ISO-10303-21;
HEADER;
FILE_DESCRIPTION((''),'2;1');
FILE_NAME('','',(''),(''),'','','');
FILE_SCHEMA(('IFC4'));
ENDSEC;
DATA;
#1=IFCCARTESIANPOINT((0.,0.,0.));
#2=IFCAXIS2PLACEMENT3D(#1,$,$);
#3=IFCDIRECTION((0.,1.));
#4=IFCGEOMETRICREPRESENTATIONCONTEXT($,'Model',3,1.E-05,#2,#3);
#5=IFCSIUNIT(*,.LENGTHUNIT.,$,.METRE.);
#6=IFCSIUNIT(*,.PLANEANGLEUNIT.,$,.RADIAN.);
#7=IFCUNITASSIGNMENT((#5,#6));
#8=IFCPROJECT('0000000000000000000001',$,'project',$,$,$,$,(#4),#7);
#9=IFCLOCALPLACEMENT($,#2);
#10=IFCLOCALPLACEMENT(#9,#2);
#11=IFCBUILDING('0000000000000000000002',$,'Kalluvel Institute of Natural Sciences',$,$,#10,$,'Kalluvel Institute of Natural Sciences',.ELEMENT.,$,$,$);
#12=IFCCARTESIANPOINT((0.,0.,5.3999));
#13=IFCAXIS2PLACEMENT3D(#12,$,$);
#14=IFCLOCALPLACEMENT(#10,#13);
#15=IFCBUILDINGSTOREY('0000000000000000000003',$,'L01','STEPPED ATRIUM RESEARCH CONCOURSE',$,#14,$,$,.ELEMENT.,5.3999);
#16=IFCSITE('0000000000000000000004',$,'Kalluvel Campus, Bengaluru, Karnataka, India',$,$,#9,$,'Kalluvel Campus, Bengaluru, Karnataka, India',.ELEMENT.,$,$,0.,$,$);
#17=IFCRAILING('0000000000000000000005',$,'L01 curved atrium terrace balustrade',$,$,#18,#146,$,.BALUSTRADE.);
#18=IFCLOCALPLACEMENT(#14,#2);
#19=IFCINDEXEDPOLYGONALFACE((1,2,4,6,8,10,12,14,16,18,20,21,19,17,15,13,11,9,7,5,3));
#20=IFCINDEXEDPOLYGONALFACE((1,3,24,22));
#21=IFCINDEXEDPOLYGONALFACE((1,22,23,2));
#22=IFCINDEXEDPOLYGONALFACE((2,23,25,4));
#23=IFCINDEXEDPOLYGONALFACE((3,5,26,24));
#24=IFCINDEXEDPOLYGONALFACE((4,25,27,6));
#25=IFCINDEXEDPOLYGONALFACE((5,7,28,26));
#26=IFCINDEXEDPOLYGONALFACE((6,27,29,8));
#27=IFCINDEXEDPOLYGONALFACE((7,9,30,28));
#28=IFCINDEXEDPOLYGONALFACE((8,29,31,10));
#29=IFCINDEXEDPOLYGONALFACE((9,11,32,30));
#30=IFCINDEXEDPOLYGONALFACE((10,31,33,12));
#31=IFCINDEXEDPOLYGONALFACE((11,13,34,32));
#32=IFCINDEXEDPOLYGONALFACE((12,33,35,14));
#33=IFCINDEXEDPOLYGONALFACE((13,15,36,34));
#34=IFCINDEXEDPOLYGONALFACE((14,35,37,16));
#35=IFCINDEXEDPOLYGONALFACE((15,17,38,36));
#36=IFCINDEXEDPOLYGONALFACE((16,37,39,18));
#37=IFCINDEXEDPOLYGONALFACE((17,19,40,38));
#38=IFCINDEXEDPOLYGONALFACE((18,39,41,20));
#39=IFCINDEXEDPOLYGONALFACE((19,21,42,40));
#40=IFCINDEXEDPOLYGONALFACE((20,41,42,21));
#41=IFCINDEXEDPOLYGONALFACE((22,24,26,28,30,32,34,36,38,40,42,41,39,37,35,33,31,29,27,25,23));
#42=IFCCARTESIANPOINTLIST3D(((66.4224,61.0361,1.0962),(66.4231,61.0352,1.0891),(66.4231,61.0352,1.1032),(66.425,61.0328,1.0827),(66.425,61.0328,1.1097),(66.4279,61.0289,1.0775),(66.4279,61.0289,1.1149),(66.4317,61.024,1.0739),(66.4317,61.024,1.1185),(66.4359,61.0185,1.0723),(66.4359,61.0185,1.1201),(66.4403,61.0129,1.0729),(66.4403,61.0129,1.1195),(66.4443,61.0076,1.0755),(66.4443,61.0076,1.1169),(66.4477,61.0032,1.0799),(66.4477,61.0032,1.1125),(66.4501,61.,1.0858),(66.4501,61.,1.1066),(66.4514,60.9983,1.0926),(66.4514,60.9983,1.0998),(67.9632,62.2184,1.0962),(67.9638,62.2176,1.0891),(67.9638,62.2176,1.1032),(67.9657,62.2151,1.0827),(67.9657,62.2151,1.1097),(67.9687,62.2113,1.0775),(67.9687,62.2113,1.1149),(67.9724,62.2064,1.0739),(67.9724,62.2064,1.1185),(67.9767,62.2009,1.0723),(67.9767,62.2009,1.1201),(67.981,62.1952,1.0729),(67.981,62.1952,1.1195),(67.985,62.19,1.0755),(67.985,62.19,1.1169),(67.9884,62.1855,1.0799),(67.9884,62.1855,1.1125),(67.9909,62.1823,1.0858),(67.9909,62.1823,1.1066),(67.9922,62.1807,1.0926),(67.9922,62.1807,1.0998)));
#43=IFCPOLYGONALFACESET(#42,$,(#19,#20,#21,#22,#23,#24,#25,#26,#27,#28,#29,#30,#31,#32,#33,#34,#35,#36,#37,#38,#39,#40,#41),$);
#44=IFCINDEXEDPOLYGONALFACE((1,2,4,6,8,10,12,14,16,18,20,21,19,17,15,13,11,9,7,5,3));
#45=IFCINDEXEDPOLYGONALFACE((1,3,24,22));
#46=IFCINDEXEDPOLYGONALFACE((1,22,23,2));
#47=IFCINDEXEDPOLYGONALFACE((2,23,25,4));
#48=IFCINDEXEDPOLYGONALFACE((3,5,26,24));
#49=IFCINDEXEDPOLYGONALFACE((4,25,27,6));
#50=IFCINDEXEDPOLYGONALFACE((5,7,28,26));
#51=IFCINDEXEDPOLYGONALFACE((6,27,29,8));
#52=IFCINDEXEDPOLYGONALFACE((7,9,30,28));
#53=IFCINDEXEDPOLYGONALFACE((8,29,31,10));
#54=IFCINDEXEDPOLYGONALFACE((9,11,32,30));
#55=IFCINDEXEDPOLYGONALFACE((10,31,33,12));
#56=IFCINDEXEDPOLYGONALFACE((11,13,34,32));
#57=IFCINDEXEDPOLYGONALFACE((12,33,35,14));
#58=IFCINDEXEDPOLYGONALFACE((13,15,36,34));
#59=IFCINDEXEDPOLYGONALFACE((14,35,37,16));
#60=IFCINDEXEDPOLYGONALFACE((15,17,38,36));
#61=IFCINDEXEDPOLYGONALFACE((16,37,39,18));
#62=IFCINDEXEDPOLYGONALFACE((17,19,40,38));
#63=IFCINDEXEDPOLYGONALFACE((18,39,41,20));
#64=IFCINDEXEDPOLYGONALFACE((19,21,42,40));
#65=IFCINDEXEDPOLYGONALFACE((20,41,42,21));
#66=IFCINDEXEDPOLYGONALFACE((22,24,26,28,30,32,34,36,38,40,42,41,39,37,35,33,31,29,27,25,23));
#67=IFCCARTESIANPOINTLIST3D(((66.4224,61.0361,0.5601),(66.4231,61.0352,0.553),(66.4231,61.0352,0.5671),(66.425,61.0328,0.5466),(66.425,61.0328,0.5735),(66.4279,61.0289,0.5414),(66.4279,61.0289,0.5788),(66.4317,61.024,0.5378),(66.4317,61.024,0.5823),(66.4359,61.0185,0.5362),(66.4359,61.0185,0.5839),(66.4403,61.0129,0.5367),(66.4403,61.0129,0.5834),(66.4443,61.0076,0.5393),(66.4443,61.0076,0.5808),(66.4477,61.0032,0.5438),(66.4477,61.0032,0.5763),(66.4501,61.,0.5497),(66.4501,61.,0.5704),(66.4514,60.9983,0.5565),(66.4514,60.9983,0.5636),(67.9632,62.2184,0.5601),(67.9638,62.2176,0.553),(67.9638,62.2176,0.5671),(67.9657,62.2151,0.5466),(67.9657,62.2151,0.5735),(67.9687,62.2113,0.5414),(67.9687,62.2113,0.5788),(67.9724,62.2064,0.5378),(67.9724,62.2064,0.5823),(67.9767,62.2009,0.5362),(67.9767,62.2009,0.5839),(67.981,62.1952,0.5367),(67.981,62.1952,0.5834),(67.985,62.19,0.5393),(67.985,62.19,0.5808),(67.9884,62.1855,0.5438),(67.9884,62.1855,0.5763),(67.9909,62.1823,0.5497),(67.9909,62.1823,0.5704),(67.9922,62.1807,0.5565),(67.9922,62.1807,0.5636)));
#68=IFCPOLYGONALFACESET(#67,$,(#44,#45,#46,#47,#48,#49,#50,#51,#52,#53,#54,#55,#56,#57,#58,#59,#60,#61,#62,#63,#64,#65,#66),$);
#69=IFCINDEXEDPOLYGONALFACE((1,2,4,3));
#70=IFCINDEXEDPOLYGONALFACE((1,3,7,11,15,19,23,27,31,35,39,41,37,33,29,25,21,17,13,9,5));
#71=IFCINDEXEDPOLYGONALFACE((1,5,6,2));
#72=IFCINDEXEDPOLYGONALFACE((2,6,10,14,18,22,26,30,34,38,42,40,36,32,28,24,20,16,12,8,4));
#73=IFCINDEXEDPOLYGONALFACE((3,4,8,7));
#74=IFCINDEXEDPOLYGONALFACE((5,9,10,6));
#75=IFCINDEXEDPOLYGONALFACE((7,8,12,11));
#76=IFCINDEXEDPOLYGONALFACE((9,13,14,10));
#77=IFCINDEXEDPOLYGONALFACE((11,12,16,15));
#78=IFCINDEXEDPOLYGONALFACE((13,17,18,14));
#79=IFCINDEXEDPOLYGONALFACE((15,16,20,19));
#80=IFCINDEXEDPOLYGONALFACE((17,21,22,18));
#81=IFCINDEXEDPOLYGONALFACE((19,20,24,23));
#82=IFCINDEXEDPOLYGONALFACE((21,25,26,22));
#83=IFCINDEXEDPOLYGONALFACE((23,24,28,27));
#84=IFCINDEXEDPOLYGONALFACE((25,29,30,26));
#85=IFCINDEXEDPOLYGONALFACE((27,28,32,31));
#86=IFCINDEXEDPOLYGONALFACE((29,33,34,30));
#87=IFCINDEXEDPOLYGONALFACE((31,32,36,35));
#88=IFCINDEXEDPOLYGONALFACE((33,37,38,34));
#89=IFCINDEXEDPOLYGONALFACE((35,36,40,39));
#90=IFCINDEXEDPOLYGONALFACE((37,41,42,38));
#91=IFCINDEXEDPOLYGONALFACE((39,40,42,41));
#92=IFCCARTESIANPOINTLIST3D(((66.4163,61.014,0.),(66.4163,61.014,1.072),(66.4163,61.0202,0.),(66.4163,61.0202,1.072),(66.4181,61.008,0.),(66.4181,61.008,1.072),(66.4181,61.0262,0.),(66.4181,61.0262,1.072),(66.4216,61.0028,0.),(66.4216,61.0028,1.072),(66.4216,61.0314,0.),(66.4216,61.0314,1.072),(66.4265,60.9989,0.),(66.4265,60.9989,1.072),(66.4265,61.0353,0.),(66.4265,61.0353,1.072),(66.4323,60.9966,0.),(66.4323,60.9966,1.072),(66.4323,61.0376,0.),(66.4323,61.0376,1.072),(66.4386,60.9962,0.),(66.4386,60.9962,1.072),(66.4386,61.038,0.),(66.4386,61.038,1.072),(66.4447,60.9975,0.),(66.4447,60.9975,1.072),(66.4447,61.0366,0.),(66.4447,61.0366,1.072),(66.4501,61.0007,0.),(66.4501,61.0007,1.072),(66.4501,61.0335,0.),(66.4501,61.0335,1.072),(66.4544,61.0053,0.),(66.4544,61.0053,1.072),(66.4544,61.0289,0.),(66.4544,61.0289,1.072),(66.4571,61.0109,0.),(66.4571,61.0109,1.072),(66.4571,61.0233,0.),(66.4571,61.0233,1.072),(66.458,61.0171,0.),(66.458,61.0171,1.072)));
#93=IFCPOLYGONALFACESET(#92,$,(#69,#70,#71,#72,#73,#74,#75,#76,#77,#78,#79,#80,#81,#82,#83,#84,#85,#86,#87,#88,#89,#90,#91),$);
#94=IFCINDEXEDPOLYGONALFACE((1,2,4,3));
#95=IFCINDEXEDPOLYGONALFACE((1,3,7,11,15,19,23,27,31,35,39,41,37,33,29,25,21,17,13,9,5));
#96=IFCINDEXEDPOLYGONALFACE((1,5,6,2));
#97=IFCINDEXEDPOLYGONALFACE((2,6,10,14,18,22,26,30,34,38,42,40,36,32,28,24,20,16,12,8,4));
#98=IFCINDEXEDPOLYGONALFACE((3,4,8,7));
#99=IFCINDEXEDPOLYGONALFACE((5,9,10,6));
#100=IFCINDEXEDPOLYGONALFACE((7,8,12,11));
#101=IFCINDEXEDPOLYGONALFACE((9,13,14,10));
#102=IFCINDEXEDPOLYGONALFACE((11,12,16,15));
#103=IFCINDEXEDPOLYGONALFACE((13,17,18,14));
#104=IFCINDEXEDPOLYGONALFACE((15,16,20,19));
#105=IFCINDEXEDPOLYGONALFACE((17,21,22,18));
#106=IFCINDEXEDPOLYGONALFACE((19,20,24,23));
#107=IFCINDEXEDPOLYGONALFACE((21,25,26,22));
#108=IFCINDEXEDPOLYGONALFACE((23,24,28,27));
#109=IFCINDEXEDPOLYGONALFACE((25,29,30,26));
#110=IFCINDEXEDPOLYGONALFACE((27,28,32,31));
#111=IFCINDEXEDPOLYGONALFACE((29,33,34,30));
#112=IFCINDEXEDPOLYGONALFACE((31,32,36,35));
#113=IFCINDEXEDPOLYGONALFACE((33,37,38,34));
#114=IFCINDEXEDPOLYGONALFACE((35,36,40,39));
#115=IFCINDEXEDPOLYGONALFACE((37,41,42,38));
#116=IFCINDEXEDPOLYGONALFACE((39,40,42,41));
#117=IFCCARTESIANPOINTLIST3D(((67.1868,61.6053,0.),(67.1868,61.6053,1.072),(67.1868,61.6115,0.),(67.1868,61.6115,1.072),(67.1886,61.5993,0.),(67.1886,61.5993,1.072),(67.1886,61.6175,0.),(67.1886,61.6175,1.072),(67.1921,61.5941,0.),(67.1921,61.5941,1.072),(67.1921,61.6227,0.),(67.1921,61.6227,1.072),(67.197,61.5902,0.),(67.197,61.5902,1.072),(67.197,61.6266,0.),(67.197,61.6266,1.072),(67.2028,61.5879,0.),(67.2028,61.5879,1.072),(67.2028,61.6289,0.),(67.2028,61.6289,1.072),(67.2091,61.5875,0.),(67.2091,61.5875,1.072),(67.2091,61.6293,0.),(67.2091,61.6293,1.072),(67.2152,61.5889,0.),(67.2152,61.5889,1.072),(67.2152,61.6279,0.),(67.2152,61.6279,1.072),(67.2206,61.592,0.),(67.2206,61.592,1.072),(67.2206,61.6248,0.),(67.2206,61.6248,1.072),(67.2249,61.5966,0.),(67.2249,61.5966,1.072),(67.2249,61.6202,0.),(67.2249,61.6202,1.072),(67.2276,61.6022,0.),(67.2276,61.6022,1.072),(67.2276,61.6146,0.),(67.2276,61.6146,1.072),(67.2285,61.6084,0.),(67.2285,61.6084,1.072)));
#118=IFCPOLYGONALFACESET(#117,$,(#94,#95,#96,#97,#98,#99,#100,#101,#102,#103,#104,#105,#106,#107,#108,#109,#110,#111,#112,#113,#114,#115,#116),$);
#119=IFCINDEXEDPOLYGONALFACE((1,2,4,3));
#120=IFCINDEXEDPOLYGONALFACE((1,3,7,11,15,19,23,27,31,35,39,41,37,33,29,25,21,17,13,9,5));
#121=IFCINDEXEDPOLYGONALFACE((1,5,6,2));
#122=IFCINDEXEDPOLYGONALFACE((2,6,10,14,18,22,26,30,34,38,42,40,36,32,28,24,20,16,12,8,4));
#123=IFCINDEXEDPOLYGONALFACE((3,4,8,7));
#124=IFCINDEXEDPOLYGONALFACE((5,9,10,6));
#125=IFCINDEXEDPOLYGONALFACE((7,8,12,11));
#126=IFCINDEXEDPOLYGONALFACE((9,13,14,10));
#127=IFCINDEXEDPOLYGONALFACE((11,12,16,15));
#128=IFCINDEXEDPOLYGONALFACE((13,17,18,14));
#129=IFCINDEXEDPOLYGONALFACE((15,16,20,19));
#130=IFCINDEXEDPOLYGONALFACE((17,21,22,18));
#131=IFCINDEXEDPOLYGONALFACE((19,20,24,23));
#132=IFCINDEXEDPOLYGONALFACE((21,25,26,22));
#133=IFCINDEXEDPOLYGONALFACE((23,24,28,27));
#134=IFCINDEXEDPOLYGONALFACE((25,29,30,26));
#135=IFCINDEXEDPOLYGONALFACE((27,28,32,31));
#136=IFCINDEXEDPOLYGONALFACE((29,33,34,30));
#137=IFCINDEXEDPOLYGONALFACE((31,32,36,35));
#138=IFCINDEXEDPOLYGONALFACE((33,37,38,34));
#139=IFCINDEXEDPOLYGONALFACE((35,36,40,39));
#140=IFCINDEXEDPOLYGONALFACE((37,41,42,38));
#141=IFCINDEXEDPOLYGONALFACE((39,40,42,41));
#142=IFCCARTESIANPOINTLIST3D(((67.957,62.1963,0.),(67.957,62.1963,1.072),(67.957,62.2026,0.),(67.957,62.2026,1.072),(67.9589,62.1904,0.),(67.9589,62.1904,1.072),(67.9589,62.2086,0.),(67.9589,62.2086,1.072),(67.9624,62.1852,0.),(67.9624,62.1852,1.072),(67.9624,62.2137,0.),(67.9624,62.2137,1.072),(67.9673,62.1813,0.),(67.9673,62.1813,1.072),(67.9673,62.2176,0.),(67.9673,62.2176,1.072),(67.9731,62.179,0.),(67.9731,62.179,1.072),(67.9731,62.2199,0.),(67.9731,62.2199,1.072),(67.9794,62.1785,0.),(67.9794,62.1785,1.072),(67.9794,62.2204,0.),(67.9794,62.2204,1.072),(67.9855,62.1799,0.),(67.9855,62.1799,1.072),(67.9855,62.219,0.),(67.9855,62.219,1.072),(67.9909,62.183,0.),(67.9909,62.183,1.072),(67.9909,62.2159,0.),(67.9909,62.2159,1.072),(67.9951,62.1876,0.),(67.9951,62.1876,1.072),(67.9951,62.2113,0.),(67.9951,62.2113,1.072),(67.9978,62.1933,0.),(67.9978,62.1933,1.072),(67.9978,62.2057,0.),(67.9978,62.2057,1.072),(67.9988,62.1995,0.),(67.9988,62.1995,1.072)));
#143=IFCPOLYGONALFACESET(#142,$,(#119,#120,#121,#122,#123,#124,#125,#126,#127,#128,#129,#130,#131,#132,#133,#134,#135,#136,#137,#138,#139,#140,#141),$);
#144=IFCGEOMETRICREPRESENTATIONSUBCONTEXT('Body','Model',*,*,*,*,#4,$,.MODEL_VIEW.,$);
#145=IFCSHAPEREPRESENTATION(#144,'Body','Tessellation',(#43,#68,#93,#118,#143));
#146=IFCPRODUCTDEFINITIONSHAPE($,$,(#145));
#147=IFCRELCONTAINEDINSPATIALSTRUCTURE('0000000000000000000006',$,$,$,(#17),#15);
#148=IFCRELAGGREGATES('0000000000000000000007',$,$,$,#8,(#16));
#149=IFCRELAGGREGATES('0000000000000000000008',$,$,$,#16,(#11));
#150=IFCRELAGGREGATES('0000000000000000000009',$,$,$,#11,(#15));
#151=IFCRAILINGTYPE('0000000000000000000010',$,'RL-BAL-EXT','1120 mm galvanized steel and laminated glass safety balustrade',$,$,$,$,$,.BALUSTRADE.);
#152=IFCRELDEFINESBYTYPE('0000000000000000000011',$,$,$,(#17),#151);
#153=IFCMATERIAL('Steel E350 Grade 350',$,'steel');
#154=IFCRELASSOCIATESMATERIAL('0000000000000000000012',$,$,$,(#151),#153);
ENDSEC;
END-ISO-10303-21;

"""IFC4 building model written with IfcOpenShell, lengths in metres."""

from ifc_helpers import new_model, si_unit, direction, frame, origin, origin_2d, place, context, subcontext, project, spatial, circle, extrude, material, type_object, element, save


model = new_model("IFC4")

# Units and contexts
model_context = context("Model", 3, precision=1e-05, world=origin(), true_north=direction((0.0, 1.0)))
body_context = subcontext(model_context, "Body", "Model", "MODEL_VIEW")
ifc_project = project(units=[si_unit("LENGTHUNIT", "METRE"), si_unit("PLANEANGLEUNIT", "RADIAN")], contexts=[model_context])

# Site, building, storey
site_placement = place(None, origin())
site = spatial("IfcSite", under=ifc_project, at=site_placement, Name="Kalluvel Campus, Bengaluru, Karnataka, India", LongName="Kalluvel Campus, Bengaluru, Karnataka, India", CompositionType="ELEMENT", RefElevation=0.0)
building_placement = place(site_placement, origin())
building = spatial("IfcBuilding", under=site, at=building_placement, Name="Kalluvel Institute of Natural Sciences", LongName="Kalluvel Institute of Natural Sciences", CompositionType="ELEMENT")
storey_placement = place(building_placement, frame((0.0, 0.0, 5.3999)))
storey = spatial("IfcBuildingStorey", under=building, at=storey_placement, Name="L01", Description="STEPPED ATRIUM RESEARCH CONCOURSE", CompositionType="ELEMENT", Elevation=5.3999)

# Railing
ifc_material_1 = material(Name="Steel E350 Grade 350", Category="steel")
railing_type = type_object("IfcRailingType", Name="RL-BAL-EXT", Description="1120 mm galvanized steel and laminated glass safety balustrade", PredefinedType="BALUSTRADE", material=ifc_material_1)
railing_1_placement = place(storey_placement, frame((66.437, 61.0171, 0.0)))
element("IfcRailing", 1, at=railing_1_placement, inside=storey, type_object=railing_type, Name="L01 curved atrium terrace balustrade", PredefinedType="BALUSTRADE", context=body_context, shape_type="SweptSolid", body=[
    extrude(circle(Radius=0.0239, at=origin_2d()), frame((0.0, 0.0, 1.0962), z_axis=(0.793329, 0.608793, 0.0), x_axis=(-0.608793, 0.793329, 0.0)), (0.0, 0.0, 1.0), 1.9421),
    extrude(circle(Radius=0.0239, at=origin_2d()), frame((0.0, 0.0, 0.5601), z_axis=(0.793329, 0.608793, 0.0), x_axis=(-0.608793, 0.793329, 0.0)), (0.0, 0.0, 1.0), 1.9421),
    extrude(circle(Radius=0.021, at=origin_2d()), origin(), (0.0, 0.0, 1.0), 1.072),
    extrude(circle(Radius=0.021, at=origin_2d()), frame((0.7705, 0.5913, 0.0)), (0.0, 0.0, 1.0), 1.072),
    extrude(circle(Radius=0.021, at=origin_2d()), frame((1.5408, 1.1824, 0.0)), (0.0, 0.0, 1.0), 1.072),
])

save(model, "model.ifc")
